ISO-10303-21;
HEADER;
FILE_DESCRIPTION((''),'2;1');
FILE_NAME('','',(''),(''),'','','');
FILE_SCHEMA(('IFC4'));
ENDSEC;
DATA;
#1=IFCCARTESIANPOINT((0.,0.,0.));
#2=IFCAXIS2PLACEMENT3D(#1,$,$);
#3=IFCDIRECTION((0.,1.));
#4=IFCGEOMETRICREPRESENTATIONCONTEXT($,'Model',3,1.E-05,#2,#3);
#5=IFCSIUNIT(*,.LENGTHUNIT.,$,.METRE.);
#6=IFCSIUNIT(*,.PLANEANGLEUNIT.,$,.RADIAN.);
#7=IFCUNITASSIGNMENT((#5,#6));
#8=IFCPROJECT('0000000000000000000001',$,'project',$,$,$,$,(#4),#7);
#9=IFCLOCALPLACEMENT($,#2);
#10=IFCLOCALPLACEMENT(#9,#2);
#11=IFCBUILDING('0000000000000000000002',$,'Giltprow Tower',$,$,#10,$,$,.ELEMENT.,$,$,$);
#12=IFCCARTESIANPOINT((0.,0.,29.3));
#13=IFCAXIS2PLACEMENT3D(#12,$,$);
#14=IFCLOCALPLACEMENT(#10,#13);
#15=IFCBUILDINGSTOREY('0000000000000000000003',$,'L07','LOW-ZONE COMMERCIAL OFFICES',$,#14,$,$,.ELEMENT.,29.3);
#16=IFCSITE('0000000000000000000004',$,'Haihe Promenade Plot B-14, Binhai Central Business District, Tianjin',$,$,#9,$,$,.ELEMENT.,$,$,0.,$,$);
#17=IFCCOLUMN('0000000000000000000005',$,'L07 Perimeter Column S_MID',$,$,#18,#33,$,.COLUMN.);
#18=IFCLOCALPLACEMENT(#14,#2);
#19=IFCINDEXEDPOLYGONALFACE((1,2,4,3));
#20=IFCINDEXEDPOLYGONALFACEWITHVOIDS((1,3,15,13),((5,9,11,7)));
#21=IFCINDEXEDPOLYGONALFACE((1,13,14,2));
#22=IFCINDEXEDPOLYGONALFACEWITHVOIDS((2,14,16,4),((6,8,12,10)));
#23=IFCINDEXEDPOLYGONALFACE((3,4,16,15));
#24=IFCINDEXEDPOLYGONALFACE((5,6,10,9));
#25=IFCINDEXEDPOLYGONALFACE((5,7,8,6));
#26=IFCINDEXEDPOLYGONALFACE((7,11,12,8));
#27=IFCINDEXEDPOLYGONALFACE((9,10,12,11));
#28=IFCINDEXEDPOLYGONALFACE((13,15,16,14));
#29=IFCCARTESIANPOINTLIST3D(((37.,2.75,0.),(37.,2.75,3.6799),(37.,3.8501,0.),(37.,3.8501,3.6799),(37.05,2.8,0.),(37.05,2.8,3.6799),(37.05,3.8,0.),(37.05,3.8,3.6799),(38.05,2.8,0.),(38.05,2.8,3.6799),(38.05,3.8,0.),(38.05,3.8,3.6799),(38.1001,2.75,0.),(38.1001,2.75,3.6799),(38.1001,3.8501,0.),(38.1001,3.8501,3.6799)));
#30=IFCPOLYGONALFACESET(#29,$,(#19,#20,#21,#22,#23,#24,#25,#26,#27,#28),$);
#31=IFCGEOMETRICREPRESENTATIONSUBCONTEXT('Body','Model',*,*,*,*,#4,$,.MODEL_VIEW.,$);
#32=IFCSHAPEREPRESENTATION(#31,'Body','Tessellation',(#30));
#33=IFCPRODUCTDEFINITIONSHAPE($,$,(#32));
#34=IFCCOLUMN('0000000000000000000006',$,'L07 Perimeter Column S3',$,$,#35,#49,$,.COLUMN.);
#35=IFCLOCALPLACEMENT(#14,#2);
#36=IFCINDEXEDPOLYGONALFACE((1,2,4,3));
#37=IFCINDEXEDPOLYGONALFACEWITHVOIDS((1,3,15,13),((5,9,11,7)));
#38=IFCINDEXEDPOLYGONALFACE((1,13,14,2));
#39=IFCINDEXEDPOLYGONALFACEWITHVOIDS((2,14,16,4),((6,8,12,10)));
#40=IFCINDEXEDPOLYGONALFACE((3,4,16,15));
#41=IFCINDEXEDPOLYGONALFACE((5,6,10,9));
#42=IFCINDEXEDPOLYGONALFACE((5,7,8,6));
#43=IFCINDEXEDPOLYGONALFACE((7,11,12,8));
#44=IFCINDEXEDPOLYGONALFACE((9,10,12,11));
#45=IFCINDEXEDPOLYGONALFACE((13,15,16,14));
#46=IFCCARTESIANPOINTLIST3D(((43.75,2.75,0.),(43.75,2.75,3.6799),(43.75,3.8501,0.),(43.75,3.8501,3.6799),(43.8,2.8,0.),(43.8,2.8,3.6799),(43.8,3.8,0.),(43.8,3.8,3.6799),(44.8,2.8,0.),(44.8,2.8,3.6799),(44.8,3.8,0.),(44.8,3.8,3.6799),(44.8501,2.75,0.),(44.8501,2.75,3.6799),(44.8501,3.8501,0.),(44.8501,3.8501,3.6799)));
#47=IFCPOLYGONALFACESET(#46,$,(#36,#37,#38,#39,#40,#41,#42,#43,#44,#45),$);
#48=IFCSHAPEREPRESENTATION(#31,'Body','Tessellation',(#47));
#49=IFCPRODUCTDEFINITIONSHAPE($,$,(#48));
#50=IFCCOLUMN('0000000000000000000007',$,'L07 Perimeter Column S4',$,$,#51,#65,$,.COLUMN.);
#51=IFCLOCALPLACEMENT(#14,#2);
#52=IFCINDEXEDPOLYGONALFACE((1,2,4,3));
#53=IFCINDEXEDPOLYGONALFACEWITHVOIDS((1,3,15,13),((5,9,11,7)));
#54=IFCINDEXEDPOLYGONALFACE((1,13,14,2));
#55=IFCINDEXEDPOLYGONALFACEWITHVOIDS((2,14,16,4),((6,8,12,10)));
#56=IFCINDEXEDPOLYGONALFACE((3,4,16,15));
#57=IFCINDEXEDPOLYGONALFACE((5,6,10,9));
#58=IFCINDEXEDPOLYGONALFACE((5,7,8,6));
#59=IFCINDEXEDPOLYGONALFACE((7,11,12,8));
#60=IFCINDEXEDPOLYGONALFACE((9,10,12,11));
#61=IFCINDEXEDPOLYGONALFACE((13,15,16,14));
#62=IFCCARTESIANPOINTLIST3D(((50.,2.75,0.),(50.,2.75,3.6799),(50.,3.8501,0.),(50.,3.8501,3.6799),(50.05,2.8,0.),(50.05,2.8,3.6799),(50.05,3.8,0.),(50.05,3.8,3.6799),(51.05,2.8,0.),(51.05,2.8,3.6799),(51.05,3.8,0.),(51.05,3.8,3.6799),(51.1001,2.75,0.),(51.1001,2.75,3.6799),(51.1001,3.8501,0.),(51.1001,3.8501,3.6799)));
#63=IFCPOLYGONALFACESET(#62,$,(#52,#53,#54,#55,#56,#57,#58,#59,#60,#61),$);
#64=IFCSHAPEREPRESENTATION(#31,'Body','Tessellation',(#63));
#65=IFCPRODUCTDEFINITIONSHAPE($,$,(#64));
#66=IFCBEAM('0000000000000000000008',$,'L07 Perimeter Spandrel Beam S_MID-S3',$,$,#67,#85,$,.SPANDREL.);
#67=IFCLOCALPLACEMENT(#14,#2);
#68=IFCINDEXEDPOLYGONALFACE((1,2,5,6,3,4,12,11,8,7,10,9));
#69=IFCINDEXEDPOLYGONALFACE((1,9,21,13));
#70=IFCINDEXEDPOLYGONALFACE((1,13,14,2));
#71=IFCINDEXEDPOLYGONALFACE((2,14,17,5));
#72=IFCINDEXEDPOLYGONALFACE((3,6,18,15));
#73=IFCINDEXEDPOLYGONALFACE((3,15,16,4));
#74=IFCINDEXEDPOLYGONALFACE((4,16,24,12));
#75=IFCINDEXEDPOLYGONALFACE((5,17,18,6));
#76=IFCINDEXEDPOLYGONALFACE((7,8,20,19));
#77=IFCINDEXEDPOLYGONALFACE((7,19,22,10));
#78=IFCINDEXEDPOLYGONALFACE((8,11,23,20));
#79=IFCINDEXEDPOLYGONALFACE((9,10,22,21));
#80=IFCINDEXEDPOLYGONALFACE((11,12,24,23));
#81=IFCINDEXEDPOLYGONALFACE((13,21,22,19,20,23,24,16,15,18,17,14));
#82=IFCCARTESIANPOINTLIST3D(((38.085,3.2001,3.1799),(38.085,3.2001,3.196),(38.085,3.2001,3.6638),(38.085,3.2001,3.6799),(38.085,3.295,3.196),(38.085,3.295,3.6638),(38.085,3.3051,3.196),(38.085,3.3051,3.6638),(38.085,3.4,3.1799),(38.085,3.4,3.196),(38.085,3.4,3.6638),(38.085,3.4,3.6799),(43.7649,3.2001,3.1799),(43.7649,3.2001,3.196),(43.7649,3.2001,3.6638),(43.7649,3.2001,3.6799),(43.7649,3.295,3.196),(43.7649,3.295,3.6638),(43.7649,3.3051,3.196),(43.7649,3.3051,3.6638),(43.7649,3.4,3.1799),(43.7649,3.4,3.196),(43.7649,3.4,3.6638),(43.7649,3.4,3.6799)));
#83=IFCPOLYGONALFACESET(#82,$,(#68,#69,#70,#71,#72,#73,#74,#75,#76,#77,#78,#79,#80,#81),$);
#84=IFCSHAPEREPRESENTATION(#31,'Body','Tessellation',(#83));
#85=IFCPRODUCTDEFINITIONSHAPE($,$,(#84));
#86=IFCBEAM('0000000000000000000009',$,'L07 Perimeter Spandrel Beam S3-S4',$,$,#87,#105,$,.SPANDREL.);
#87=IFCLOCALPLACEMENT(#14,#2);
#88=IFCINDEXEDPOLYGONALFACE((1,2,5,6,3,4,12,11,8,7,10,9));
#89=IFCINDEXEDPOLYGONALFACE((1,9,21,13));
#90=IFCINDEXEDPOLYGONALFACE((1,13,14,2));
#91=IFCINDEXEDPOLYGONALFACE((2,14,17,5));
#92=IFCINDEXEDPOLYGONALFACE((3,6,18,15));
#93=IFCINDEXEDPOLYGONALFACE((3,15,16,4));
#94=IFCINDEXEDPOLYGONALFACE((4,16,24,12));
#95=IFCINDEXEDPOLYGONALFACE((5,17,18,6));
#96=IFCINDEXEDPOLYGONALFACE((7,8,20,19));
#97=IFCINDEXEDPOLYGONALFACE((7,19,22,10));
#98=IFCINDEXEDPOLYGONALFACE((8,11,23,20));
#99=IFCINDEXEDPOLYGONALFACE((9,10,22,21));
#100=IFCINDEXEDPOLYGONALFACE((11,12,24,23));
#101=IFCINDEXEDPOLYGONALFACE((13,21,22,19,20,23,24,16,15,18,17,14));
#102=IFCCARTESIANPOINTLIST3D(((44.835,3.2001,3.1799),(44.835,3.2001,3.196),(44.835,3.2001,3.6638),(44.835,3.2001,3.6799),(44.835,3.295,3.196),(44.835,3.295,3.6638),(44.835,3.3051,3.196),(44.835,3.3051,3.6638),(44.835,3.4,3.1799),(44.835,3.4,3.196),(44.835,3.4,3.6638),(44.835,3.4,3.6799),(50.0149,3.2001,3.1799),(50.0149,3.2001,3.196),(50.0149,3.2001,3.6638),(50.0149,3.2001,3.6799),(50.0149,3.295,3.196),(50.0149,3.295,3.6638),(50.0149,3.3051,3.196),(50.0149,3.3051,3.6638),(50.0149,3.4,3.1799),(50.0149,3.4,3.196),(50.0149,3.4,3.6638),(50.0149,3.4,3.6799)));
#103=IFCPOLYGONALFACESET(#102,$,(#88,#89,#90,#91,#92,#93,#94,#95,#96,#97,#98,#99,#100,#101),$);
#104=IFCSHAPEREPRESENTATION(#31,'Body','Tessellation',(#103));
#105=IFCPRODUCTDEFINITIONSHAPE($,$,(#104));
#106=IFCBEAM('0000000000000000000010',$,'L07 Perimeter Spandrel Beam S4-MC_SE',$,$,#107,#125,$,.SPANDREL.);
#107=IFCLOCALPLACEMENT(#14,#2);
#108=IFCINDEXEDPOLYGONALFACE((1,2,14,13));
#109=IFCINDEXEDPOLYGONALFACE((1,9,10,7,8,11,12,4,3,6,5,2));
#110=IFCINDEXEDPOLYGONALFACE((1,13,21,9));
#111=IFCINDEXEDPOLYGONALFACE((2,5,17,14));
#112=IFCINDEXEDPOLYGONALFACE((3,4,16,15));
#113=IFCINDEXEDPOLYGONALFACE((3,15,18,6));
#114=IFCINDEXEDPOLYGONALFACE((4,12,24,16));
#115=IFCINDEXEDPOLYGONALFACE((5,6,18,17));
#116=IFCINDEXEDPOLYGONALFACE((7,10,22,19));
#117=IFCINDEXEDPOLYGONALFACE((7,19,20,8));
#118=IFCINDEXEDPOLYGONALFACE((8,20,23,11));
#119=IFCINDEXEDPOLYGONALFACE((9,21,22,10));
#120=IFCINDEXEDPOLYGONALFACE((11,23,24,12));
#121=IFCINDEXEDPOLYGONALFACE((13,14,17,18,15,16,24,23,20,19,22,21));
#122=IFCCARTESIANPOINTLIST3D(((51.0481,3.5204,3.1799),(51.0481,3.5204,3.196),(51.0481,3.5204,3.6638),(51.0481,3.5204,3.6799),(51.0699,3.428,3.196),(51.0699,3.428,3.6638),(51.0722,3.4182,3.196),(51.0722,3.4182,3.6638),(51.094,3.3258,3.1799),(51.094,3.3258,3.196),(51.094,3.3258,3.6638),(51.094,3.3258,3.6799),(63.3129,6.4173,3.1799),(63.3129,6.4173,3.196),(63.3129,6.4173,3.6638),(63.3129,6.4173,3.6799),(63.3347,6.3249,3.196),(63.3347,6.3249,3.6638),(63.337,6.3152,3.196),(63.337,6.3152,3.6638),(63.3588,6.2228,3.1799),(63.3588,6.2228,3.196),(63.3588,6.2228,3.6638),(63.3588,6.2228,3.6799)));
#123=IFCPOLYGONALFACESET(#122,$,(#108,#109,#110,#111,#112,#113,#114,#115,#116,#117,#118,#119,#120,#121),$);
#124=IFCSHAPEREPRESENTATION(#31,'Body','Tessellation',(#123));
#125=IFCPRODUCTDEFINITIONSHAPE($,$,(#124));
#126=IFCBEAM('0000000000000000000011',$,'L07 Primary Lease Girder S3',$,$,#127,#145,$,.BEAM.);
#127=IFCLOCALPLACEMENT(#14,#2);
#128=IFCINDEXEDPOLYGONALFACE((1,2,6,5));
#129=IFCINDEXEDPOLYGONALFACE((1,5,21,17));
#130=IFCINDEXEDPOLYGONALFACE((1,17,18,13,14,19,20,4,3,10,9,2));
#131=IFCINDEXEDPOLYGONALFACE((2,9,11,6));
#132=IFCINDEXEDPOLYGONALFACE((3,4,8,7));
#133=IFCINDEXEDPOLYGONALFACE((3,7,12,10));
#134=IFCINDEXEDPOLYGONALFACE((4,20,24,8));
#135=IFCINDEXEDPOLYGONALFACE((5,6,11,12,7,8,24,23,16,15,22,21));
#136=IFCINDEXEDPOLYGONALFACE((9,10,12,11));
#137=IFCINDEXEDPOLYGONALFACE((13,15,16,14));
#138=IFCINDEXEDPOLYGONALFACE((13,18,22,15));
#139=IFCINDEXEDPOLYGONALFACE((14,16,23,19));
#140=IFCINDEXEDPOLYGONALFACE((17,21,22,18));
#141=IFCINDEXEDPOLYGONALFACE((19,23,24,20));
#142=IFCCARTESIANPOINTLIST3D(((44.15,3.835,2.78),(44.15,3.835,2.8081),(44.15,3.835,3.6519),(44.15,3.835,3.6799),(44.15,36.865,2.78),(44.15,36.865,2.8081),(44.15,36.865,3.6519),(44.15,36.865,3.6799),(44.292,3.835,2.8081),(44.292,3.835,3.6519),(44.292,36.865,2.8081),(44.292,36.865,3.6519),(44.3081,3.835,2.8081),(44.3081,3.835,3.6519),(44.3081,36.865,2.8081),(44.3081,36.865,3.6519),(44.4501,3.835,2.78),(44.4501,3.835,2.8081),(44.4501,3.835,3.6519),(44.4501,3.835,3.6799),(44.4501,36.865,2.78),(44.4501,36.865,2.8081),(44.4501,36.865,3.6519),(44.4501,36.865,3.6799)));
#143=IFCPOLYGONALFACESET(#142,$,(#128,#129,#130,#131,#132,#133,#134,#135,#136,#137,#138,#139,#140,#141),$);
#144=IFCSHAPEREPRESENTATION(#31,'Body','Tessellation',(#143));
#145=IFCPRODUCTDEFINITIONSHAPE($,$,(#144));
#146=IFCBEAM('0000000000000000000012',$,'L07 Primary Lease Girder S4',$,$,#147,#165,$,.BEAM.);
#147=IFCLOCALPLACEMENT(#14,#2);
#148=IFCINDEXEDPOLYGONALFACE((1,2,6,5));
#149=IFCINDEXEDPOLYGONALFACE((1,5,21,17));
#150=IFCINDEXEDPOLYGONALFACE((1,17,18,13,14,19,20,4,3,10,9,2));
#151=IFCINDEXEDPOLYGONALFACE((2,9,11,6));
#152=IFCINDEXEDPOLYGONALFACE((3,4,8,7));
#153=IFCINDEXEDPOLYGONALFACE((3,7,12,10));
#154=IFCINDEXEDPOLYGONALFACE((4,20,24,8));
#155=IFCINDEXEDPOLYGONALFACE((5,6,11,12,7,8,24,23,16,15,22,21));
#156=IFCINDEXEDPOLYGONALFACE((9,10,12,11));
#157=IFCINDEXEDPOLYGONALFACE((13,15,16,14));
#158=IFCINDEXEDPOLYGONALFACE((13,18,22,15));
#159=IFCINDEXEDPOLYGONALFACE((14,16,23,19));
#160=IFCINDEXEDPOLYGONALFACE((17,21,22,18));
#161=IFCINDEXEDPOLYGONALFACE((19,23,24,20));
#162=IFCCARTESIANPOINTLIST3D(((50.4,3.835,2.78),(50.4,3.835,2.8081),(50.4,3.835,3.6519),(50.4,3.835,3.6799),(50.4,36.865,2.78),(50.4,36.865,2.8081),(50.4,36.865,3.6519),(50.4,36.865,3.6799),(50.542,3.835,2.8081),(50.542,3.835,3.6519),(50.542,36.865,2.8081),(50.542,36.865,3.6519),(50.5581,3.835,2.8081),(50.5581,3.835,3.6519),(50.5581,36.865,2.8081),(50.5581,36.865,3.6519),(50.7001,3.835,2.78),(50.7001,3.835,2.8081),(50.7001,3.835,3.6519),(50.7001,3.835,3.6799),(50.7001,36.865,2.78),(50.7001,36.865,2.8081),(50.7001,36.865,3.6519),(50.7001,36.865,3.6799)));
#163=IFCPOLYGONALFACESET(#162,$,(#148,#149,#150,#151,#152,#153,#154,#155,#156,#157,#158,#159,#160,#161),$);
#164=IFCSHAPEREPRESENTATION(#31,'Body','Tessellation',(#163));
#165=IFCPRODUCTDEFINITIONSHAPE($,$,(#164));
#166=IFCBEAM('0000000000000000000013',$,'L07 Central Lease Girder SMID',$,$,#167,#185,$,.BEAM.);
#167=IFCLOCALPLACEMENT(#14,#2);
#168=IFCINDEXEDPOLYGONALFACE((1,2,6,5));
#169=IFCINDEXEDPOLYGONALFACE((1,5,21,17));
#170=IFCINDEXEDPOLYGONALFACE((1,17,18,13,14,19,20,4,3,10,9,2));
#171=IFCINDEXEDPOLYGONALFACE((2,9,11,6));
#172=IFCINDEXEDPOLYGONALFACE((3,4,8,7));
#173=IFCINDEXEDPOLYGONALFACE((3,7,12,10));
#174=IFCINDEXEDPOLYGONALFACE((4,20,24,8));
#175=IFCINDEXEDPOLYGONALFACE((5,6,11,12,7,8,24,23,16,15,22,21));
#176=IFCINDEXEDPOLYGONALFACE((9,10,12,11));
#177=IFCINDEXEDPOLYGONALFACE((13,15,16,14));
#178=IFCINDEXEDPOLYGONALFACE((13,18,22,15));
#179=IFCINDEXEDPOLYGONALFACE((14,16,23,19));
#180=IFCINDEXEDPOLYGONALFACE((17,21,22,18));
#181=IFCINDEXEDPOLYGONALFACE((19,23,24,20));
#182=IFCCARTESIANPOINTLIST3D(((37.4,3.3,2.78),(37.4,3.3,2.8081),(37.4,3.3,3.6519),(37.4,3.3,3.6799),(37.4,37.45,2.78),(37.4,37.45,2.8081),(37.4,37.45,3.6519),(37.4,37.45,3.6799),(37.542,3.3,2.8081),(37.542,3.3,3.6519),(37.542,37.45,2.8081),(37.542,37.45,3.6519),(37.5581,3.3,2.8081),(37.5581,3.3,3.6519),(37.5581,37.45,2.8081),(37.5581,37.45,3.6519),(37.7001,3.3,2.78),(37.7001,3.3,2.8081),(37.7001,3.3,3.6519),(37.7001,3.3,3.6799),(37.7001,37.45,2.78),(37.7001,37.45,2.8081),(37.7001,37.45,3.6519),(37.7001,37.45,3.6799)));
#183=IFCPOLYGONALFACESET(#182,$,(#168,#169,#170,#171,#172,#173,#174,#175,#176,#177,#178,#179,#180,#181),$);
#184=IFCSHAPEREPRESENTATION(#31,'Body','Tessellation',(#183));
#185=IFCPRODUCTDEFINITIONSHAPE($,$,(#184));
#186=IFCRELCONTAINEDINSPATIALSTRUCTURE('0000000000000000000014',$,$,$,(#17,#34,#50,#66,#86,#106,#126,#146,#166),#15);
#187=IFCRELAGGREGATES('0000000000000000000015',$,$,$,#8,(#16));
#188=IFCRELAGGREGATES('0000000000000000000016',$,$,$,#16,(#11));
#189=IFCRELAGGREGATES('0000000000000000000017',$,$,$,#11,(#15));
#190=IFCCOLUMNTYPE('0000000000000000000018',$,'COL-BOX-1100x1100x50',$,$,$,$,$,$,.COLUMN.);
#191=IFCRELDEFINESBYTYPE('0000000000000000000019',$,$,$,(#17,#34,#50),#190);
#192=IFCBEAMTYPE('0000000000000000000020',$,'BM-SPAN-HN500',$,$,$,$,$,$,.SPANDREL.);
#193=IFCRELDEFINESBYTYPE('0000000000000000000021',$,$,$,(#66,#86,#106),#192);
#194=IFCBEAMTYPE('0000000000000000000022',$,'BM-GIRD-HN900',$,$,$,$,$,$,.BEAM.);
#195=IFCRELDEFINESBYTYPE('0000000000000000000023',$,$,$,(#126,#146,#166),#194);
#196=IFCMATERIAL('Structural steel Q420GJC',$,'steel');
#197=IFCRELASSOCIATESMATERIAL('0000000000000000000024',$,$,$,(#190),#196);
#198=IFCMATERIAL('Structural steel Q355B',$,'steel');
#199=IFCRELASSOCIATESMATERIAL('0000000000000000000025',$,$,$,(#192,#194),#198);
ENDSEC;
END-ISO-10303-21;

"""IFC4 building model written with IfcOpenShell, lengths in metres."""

from ifc_helpers import new_model, si_unit, direction, frame, origin, origin_2d, place, context, subcontext, project, spatial, hollow_rectangle, i_section, extrude, source, transform, mapped, material, material_profile, profile_set, type_object, element, save


model = new_model("IFC4")

# Units and contexts
model_context = context("Model", 3, precision=1e-05, world=origin(), true_north=direction((0.0, 1.0)))
body_context = subcontext(model_context, "Body", "Model", "MODEL_VIEW")
ifc_project = project(units=[si_unit("LENGTHUNIT", "METRE"), si_unit("PLANEANGLEUNIT", "RADIAN")], contexts=[model_context])

# Site, building, storey
site_placement = place(None, origin())
site = spatial("IfcSite", under=ifc_project, at=site_placement, Name="Haihe Promenade Plot B-14, Binhai Central Business District, Tianjin", CompositionType="ELEMENT", RefElevation=0.0)
building_placement = place(site_placement, origin())
building = spatial("IfcBuilding", under=site, at=building_placement, Name="Giltprow Tower", CompositionType="ELEMENT")
storey_placement = place(building_placement, frame((0.0, 0.0, 29.3)))
storey = spatial("IfcBuildingStorey", under=building, at=storey_placement, Name="L07", Description="LOW-ZONE COMMERCIAL OFFICES", CompositionType="ELEMENT", Elevation=29.3)

# Columns
ifc_material_1 = material(Name="Structural steel Q420GJC", Category="steel")
ifc_material_profile_1 = material_profile(ifc_material_1, hollow_rectangle(XDim=1.1001, YDim=1.1001, WallThickness=0.05, at=origin_2d()), Name="BOX 1100x1100x50")
ifc_profile_set_1 = profile_set([ifc_material_profile_1], Name="Structural steel Q420GJC")
column_type = type_object("IfcColumnType", Name="COL-BOX-1100x1100x50", PredefinedType="COLUMN", material=ifc_profile_set_1)
shared_shape_1 = source(origin(), body_context, "Body", "SweptSolid", [
    extrude(hollow_rectangle(XDim=1.1001, YDim=1.1001, WallThickness=0.05, at=origin_2d()), origin(), (0.0, 0.0, 1.0), 3.6799),
])
for number, where, z_axis, x_axis, name in (
    (1, (37.55, 3.3, 0.0), (0.0, 0.0, 1.0), (1.0, 0.0, 0.0), "L07 Perimeter Column S_MID"),
    (2, (44.3, 3.3, 0.0), (0.0, 0.0, 1.0), (1.0, 0.0, 0.0), "L07 Perimeter Column S3"),
    (3, (50.55, 3.3, 0.0), (0.0, 0.0, 1.0), (1.0, 0.0, 0.0), "L07 Perimeter Column S4"),
):
    element("IfcColumn", number, at=place(storey_placement, frame(where, z_axis=z_axis, x_axis=x_axis)), inside=storey, type_object=column_type, Name=name, PredefinedType="COLUMN", context=body_context, shape_type="MappedRepresentation", body=[
        mapped(shared_shape_1, transform((0.0, 0.0, 0.0), x_axis=(1.0, 0.0, 0.0), y_axis=(0.0, 1.0, 0.0), z_axis=(0.0, 0.0, 1.0), scale=1.0)),
    ])

# Beams
ifc_material_2 = material(Name="Structural steel Q355B", Category="steel")
ifc_material_profile_2 = material_profile(ifc_material_2, i_section(OverallWidth=0.2, OverallDepth=0.5, WebThickness=0.01, FlangeThickness=0.0161, at=origin_2d()), Name="HN 500x200x10x16")
ifc_profile_set_2 = profile_set([ifc_material_profile_2], Name="Structural steel Q355B")
beam_type_1 = type_object("IfcBeamType", Name="BM-SPAN-HN500", PredefinedType="SPANDREL", material=ifc_profile_set_2)
shared_shape_2 = source(origin(), body_context, "Body", "SweptSolid", [
    extrude(i_section(OverallWidth=0.2, OverallDepth=0.5, WebThickness=0.01, FlangeThickness=0.0161, at=origin_2d()), origin(), (0.0, 0.0, 1.0), 5.6799),
])
beam_1_placement = place(storey_placement, frame((38.085, 3.3, 3.4299), z_axis=(1.0, 0.0, 0.0), x_axis=(0.0, 1.0, 0.0)))
element("IfcBeam", 4, at=beam_1_placement, inside=storey, type_object=beam_type_1, Name="L07 Perimeter Spandrel Beam S_MID-S3", PredefinedType="SPANDREL", context=body_context, shape_type="MappedRepresentation", body=[
    mapped(shared_shape_2, transform((0.0, 0.0, 0.0), x_axis=(1.0, 0.0, 0.0), y_axis=(0.0, 1.0, 0.0), z_axis=(0.0, 0.0, 1.0), scale=1.0)),
])
shared_shape_3 = source(origin(), body_context, "Body", "SweptSolid", [
    extrude(i_section(OverallWidth=0.2, OverallDepth=0.5, WebThickness=0.01, FlangeThickness=0.0161, at=origin_2d()), origin(), (0.0, 0.0, 1.0), 5.1799),
])
beam_2_placement = place(storey_placement, frame((44.835, 3.3, 3.4299), z_axis=(1.0, 0.0, 0.0), x_axis=(0.0, 1.0, 0.0)))
element("IfcBeam", 5, at=beam_2_placement, inside=storey, type_object=beam_type_1, Name="L07 Perimeter Spandrel Beam S3-S4", PredefinedType="SPANDREL", context=body_context, shape_type="MappedRepresentation", body=[
    mapped(shared_shape_3, transform((0.0, 0.0, 0.0), x_axis=(1.0, 0.0, 0.0), y_axis=(0.0, 1.0, 0.0), z_axis=(0.0, 0.0, 1.0), scale=1.0)),
])
shared_shape_4 = source(origin(), body_context, "Body", "SweptSolid", [
    extrude(i_section(OverallWidth=0.2, OverallDepth=0.5, WebThickness=0.01, FlangeThickness=0.0161, at=origin_2d()), origin(), (0.0, 0.0, 1.0), 12.6023),
])
beam_3_placement = place(storey_placement, frame((51.071, 3.4231, 3.4299), z_axis=(0.97322, 0.229875, 0.0), x_axis=(-0.229875, 0.97322, 0.0)))
element("IfcBeam", 6, at=beam_3_placement, inside=storey, type_object=beam_type_1, Name="L07 Perimeter Spandrel Beam S4-MC_SE", PredefinedType="SPANDREL", context=body_context, shape_type="MappedRepresentation", body=[
    mapped(shared_shape_4, transform((0.0, 0.0, 0.0), x_axis=(1.0, 0.0, 0.0), y_axis=(0.0, 1.0, 0.0), z_axis=(0.0, 0.0, 1.0), scale=1.0)),
])
ifc_material_profile_3 = material_profile(ifc_material_2, i_section(OverallWidth=0.3, OverallDepth=0.8999, WebThickness=0.0161, FlangeThickness=0.0281, at=origin_2d()), Name="HN 900x300x16x28")
ifc_profile_set_3 = profile_set([ifc_material_profile_3], Name="Structural steel Q355B")
beam_type_2 = type_object("IfcBeamType", Name="BM-GIRD-HN900", PredefinedType="BEAM", material=ifc_profile_set_3)
shared_shape_5 = source(origin(), body_context, "Body", "SweptSolid", [
    extrude(i_section(OverallWidth=0.3, OverallDepth=0.8999, WebThickness=0.0161, FlangeThickness=0.0281, at=origin_2d()), origin(), (0.0, 0.0, 1.0), 33.03),
])
for number, where, z_axis, x_axis, name in (
    (7, (44.3, 3.835, 3.23), (0.0, 1.0, 0.0), (-1.0, 0.0, 0.0), "L07 Primary Lease Girder S3"),
    (8, (50.55, 3.835, 3.23), (0.0, 1.0, 0.0), (-1.0, 0.0, 0.0), "L07 Primary Lease Girder S4"),
):
    element("IfcBeam", number, at=place(storey_placement, frame(where, z_axis=z_axis, x_axis=x_axis)), inside=storey, type_object=beam_type_2, Name=name, PredefinedType="BEAM", context=body_context, shape_type="MappedRepresentation", body=[
        mapped(shared_shape_5, transform((0.0, 0.0, 0.0), x_axis=(1.0, 0.0, 0.0), y_axis=(0.0, 1.0, 0.0), z_axis=(0.0, 0.0, 1.0), scale=1.0)),
    ])
shared_shape_6 = source(origin(), body_context, "Body", "SweptSolid", [
    extrude(i_section(OverallWidth=0.3, OverallDepth=0.8999, WebThickness=0.0161, FlangeThickness=0.0281, at=origin_2d()), origin(), (0.0, 0.0, 1.0), 34.1499),
])
beam_4_placement = place(storey_placement, frame((37.55, 3.3, 3.23), z_axis=(0.0, 1.0, 0.0), x_axis=(-1.0, 0.0, 0.0)))
element("IfcBeam", 9, at=beam_4_placement, inside=storey, type_object=beam_type_2, Name="L07 Central Lease Girder SMID", PredefinedType="BEAM", context=body_context, shape_type="MappedRepresentation", body=[
    mapped(shared_shape_6, transform((0.0, 0.0, 0.0), x_axis=(1.0, 0.0, 0.0), y_axis=(0.0, 1.0, 0.0), z_axis=(0.0, 0.0, 1.0), scale=1.0)),
])

save(model, "model.ifc")
